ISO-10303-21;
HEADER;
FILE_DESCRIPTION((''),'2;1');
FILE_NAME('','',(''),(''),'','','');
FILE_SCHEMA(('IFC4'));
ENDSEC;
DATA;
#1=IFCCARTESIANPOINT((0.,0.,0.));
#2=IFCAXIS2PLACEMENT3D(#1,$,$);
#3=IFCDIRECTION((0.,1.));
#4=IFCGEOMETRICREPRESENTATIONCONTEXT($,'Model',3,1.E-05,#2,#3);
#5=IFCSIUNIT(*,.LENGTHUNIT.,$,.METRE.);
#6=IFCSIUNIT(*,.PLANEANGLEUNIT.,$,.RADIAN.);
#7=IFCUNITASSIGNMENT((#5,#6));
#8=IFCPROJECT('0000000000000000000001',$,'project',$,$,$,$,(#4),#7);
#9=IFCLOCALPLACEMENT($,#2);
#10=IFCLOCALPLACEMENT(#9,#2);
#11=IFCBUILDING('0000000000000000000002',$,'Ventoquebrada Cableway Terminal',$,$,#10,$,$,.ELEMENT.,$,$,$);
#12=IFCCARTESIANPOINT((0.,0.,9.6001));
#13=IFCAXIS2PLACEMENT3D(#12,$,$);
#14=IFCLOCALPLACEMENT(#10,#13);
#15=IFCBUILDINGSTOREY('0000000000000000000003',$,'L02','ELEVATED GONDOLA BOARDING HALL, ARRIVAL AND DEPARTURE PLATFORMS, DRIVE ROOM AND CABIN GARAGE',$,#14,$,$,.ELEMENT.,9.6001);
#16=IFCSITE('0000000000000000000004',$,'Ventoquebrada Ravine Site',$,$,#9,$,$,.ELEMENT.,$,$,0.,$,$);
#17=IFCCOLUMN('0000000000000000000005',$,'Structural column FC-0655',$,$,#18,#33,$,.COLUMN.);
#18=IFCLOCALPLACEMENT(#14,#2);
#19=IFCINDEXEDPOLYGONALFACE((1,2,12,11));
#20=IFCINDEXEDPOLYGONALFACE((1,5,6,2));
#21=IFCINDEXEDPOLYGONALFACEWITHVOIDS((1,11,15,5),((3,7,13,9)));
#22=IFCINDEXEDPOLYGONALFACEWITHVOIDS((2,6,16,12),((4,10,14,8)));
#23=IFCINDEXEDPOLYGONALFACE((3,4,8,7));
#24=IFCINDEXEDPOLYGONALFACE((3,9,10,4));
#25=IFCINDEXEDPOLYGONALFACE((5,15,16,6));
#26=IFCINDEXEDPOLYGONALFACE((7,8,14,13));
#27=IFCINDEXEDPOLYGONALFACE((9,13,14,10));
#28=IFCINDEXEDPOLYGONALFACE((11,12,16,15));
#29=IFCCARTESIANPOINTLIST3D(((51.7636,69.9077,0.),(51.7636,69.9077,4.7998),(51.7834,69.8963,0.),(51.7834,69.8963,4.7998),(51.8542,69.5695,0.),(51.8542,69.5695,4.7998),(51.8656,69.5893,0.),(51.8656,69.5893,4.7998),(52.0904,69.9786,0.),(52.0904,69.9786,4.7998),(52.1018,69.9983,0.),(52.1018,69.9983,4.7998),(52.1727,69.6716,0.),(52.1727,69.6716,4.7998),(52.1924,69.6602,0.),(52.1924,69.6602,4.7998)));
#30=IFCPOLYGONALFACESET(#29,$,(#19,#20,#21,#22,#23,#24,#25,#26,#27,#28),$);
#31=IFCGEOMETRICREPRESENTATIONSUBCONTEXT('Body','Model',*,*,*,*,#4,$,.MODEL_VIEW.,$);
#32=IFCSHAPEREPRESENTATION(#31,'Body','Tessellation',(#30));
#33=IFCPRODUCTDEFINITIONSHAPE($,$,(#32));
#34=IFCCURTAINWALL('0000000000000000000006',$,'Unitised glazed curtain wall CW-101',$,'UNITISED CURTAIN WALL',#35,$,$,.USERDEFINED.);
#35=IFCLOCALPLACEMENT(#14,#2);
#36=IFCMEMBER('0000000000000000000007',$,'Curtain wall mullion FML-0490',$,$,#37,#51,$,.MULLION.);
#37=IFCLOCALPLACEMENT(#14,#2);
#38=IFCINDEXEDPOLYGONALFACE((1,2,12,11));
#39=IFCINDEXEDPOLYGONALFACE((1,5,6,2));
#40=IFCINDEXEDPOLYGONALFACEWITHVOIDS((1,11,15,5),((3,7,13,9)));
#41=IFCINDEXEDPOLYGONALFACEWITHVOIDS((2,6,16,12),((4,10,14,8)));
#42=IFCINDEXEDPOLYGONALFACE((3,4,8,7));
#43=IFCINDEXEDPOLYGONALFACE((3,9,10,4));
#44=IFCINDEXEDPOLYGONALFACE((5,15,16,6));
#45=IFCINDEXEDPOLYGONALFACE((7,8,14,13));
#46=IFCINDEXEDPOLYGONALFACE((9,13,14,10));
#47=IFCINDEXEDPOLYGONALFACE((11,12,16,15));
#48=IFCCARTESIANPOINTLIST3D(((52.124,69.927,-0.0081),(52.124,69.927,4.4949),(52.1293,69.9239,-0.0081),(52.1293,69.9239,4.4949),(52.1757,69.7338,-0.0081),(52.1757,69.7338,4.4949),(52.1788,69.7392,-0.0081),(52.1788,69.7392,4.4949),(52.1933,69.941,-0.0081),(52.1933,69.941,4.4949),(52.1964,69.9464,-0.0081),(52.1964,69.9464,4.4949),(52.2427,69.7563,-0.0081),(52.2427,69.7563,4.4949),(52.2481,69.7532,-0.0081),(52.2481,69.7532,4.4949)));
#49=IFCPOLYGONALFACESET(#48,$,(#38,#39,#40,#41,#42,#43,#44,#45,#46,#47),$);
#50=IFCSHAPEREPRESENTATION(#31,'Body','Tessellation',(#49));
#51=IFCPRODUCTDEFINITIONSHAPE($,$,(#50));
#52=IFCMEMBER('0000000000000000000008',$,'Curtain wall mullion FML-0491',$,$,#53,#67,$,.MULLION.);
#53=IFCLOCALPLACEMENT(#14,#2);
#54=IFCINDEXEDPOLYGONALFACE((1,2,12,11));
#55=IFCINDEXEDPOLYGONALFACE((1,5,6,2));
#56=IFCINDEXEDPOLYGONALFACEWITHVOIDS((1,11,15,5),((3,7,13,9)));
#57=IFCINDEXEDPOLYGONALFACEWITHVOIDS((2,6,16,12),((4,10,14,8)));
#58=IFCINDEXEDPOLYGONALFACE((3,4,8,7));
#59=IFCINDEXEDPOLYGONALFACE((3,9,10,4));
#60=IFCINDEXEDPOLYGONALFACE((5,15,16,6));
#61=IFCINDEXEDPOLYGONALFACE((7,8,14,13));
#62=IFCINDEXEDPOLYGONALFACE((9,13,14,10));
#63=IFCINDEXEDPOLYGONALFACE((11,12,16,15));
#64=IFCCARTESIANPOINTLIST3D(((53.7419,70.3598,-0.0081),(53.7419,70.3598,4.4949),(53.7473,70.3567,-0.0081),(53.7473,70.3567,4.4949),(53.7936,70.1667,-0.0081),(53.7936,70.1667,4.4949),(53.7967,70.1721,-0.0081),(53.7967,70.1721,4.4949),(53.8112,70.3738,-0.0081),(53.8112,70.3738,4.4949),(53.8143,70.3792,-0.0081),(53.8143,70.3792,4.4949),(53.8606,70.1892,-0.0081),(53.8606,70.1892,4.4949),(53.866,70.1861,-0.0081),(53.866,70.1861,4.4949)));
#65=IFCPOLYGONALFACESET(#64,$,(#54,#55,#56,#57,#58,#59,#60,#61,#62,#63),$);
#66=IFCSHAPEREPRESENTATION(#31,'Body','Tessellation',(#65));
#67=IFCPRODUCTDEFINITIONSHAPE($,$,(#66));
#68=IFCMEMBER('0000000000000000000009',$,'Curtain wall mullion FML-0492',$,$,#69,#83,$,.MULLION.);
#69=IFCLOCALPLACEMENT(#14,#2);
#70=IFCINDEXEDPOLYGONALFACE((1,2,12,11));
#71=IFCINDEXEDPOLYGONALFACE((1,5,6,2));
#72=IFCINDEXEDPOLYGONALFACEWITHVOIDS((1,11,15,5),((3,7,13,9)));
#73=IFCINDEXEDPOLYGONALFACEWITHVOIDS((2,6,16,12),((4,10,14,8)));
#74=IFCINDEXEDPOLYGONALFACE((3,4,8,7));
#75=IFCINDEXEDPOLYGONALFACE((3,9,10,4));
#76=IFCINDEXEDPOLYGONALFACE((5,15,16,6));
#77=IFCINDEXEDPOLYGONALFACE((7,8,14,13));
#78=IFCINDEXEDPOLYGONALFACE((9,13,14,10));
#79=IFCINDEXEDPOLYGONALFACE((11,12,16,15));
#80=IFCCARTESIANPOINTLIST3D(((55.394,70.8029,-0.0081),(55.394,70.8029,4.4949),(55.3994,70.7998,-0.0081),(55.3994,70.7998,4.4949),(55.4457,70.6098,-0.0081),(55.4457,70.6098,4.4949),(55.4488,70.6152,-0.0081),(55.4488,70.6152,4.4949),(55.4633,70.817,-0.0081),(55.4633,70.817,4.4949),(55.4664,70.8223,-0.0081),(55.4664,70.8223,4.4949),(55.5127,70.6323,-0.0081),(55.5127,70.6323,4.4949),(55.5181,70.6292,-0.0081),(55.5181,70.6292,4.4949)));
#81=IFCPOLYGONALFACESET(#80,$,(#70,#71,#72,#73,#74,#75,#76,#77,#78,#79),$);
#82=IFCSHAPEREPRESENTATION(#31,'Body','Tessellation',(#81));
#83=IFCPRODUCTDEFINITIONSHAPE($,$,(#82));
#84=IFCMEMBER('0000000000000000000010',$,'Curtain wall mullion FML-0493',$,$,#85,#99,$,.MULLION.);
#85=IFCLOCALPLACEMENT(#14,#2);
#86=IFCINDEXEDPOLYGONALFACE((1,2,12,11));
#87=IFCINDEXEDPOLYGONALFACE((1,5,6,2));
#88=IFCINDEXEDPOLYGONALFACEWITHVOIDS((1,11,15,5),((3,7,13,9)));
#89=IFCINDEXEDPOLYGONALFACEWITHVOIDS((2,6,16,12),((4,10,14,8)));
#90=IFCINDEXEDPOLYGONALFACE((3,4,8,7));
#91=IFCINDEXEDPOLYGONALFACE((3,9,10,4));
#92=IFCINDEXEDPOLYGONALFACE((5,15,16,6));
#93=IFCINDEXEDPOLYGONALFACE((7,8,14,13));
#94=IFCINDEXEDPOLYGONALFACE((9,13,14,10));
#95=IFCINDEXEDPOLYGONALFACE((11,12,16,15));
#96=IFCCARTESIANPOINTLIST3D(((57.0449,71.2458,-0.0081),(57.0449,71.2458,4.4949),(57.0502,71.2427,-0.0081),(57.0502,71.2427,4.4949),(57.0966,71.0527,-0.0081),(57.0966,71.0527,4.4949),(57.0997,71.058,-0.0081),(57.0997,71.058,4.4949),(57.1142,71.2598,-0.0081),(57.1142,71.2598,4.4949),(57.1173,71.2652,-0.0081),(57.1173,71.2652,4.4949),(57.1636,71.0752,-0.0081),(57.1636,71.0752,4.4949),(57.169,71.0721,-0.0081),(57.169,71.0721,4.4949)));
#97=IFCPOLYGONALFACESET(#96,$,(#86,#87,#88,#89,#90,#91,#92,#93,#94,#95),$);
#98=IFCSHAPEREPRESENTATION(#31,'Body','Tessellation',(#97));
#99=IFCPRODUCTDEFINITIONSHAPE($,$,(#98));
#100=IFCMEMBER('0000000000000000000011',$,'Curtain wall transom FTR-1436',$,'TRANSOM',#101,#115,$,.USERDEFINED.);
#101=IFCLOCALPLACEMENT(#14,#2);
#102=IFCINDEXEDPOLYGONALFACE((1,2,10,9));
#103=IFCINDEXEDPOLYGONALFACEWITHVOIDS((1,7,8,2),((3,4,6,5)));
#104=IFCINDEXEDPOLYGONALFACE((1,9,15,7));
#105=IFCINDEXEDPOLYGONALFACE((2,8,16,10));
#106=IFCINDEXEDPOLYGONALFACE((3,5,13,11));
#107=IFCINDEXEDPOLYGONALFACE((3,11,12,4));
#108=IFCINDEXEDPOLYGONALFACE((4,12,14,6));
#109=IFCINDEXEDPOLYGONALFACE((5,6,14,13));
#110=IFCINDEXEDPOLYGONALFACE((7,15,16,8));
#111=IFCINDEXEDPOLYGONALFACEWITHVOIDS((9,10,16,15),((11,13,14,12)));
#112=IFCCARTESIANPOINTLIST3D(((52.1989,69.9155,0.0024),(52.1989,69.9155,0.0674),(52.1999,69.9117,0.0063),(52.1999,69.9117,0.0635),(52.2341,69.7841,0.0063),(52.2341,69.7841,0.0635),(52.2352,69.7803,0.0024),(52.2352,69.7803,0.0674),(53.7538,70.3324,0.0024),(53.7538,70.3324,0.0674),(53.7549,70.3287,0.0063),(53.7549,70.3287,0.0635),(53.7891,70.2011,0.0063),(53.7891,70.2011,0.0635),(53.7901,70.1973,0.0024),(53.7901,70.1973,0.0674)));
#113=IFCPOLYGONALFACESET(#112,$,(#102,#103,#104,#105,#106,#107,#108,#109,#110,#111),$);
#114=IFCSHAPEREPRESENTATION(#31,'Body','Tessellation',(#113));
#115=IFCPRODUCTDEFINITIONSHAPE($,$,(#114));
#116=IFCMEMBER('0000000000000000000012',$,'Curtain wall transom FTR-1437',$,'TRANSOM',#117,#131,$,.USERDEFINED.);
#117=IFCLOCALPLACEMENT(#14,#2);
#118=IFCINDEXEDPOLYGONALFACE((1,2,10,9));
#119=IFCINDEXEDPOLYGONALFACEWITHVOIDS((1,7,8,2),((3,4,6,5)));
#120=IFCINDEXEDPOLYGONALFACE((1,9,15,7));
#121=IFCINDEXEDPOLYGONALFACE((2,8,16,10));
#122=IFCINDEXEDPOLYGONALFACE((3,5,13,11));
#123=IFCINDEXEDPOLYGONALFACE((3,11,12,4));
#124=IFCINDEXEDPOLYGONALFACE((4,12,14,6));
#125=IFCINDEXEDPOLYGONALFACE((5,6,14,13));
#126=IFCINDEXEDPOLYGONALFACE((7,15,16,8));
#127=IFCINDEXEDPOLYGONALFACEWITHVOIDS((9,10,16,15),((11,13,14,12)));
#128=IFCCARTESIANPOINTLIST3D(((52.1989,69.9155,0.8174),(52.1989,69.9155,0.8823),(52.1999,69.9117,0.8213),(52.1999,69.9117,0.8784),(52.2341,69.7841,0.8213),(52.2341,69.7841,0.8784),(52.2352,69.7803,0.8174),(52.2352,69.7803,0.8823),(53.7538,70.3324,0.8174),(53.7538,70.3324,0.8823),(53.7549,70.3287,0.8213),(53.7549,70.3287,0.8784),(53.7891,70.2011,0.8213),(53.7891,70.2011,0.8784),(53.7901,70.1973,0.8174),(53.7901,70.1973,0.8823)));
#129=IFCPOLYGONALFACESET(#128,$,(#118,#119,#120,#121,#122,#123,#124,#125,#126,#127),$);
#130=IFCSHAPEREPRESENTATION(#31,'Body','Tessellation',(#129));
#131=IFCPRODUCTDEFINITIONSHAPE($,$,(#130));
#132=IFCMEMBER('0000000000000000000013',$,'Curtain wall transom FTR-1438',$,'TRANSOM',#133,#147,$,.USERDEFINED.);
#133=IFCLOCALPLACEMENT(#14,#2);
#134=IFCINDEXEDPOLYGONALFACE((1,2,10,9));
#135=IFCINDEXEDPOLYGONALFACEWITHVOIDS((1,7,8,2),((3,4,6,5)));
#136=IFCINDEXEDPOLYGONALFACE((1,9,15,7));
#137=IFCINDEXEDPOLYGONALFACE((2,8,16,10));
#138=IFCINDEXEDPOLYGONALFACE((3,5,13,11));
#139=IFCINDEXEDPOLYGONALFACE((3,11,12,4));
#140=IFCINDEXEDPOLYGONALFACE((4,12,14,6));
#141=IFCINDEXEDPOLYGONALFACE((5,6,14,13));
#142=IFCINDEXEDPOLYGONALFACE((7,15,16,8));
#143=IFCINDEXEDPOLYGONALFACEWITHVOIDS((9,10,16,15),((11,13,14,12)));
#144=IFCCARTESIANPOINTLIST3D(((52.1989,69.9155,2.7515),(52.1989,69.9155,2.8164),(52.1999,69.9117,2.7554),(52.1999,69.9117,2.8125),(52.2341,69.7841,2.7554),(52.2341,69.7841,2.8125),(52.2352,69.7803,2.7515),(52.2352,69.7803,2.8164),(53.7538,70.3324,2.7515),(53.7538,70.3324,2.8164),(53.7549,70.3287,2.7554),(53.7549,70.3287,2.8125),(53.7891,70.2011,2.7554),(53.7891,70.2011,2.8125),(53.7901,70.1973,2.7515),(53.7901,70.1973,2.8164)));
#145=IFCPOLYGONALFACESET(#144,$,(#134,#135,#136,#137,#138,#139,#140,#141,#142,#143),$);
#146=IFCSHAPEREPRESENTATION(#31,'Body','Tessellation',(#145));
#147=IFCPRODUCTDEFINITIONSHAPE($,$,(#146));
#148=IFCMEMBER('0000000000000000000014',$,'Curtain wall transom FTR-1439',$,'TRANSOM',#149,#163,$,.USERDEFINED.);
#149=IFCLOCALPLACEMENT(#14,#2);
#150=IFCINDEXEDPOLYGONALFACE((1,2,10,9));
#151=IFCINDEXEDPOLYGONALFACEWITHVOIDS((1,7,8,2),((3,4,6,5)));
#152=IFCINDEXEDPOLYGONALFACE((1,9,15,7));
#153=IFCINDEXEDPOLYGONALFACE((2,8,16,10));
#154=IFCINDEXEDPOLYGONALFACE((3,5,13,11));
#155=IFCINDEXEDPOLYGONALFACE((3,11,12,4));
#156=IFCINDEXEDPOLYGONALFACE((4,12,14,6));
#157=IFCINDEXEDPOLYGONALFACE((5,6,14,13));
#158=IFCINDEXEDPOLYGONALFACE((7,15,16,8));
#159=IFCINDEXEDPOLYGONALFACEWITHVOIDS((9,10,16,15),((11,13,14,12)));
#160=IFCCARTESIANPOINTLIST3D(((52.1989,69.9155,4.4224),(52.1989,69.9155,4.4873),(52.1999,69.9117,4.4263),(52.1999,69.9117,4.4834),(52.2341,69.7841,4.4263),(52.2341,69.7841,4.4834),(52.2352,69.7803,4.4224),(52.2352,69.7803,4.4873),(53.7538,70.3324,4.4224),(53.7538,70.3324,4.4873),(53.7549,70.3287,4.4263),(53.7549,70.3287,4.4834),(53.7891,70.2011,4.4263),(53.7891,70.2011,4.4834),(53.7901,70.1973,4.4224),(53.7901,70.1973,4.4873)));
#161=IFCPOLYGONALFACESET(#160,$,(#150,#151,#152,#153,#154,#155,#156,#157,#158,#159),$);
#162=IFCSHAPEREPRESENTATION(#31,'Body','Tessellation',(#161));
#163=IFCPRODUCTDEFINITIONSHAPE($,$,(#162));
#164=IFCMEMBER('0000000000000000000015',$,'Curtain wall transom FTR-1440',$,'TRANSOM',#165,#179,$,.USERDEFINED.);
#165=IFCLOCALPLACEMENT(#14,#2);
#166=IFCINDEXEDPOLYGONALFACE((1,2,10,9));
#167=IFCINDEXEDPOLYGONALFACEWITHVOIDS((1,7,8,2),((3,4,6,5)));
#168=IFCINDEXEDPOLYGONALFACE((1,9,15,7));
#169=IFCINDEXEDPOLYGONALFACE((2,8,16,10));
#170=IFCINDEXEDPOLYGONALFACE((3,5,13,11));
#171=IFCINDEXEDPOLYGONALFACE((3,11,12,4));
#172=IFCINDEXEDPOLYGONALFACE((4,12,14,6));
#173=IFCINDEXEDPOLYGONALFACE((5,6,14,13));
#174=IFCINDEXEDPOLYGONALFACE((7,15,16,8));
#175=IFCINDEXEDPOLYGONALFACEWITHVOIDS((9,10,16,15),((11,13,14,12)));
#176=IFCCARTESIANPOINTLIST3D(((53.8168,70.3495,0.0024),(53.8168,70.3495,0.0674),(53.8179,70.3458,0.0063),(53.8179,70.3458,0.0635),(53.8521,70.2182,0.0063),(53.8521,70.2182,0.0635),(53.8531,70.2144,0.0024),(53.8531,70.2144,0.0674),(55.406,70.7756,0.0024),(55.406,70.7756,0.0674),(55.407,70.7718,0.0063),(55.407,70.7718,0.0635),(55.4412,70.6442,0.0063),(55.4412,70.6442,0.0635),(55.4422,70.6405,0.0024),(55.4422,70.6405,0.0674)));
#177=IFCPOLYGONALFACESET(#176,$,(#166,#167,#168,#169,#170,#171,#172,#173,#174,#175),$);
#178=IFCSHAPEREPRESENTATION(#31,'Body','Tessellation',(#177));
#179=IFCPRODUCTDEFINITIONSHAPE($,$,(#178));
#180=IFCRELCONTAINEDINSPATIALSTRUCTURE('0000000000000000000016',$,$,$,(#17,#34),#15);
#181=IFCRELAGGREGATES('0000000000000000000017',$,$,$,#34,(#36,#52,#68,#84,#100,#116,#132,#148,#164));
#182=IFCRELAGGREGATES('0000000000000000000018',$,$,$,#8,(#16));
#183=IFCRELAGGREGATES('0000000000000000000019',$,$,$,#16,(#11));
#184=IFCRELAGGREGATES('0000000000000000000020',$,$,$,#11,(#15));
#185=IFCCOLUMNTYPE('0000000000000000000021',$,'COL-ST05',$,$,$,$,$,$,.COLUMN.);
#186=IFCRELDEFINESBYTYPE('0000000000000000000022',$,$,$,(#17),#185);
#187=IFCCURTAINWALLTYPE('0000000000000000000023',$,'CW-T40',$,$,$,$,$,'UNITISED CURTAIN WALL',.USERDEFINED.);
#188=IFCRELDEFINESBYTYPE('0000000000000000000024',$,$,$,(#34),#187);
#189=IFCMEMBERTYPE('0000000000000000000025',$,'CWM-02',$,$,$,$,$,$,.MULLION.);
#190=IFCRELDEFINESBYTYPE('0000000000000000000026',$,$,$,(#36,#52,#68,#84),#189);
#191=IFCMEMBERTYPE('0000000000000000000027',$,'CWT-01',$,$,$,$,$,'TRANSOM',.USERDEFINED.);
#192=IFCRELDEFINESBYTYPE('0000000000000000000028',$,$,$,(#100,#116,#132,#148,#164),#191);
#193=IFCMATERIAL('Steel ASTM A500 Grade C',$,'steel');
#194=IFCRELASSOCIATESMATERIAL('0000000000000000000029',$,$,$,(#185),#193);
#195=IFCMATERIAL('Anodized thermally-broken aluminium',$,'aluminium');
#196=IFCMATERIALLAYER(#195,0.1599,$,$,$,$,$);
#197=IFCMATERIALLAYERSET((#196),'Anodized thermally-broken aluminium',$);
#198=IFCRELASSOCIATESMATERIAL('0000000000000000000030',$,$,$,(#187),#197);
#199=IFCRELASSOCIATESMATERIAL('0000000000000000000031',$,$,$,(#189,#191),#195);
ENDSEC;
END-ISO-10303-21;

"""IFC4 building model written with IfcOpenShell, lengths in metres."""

from ifc_helpers import new_model, si_unit, direction, frame, origin, origin_2d, place, context, subcontext, project, spatial, hollow_rectangle, extrude, material, layer, layer_set, material_profile, profile_set, type_object, element, aggregate, save


model = new_model("IFC4")

# Units and contexts
model_context = context("Model", 3, precision=1e-05, world=origin(), true_north=direction((0.0, 1.0)))
body_context = subcontext(model_context, "Body", "Model", "MODEL_VIEW")
ifc_project = project(units=[si_unit("LENGTHUNIT", "METRE"), si_unit("PLANEANGLEUNIT", "RADIAN")], contexts=[model_context])

# Site, building, storey
site_placement = place(None, origin())
site = spatial("IfcSite", under=ifc_project, at=site_placement, Name="Ventoquebrada Ravine Site", CompositionType="ELEMENT", RefElevation=0.0)
building_placement = place(site_placement, origin())
building = spatial("IfcBuilding", under=site, at=building_placement, Name="Ventoquebrada Cableway Terminal", CompositionType="ELEMENT")
storey_placement = place(building_placement, frame((0.0, 0.0, 9.6001)))
storey = spatial("IfcBuildingStorey", under=building, at=storey_placement, Name="L02", Description="ELEVATED GONDOLA BOARDING HALL, ARRIVAL AND DEPARTURE PLATFORMS, DRIVE ROOM AND CABIN GARAGE", CompositionType="ELEMENT", Elevation=9.6001)

# Column
ifc_material_1 = material(Name="Steel ASTM A500 Grade C", Category="steel")
ifc_material_profile_1 = material_profile(ifc_material_1, hollow_rectangle(XDim=0.3501, YDim=0.3501, WallThickness=0.0161, at=origin_2d()), Name="HSS350X350X16")
ifc_profile_set_1 = profile_set([ifc_material_profile_1], Name="Steel ASTM A500 Grade C")
column_type = type_object("IfcColumnType", Name="COL-ST05", PredefinedType="COLUMN", material=ifc_profile_set_1)
column_placement = place(storey_placement, frame((51.978, 69.7839, 0.0), z_axis=(0.0, 0.0, 1.0), x_axis=(0.965926, 0.258819, 0.0)))
element("IfcColumn", 1, at=column_placement, inside=storey, type_object=column_type, Name="Structural column FC-0655", PredefinedType="COLUMN", context=body_context, shape_type="SweptSolid", body=[
    extrude(hollow_rectangle(XDim=0.3501, YDim=0.3501, WallThickness=0.0161, at=origin_2d()), origin(), (0.0, 0.0, 1.0), 4.7998),
])

# Curtain wall, members
ifc_material_2 = material(Name="Anodized thermally-broken aluminium", Category="aluminium")
ifc_layer_1 = layer(ifc_material_2, 0.1599)
ifc_layer_set_1 = layer_set([ifc_layer_1], Name="Anodized thermally-broken aluminium")
curtain_wall_type = type_object("IfcCurtainWallType", Name="CW-T40", ElementType="UNITISED CURTAIN WALL", PredefinedType="USERDEFINED", material=ifc_layer_set_1)
curtain_wall_placement = place(storey_placement, origin())
curtain_wall = element("IfcCurtainWall", 2, at=curtain_wall_placement, inside=storey, type_object=curtain_wall_type, Name="Unitised glazed curtain wall CW-101", ObjectType="UNITISED CURTAIN WALL", PredefinedType="USERDEFINED")
ifc_material_profile_2 = material_profile(ifc_material_2, hollow_rectangle(XDim=0.075, YDim=0.2, WallThickness=0.0044, at=origin_2d()), Name="CW-MUL-75X200")
ifc_profile_set_2 = profile_set([ifc_material_profile_2], Name="Anodized thermally-broken aluminium")
member_type_1 = type_object("IfcMemberType", Name="CWM-02", PredefinedType="MULLION", material=ifc_profile_set_2)
member_1_placement = place(storey_placement, frame((52.186, 69.8401, -0.0081), z_axis=(0.0, 0.0, 1.0), x_axis=(0.965939, 0.258768, 0.0)))
member_1 = element("IfcMember", 3, at=member_1_placement, type_object=member_type_1, Name="Curtain wall mullion FML-0490", PredefinedType="MULLION", context=body_context, shape_type="SweptSolid", body=[
    extrude(hollow_rectangle(XDim=0.075, YDim=0.2, WallThickness=0.0044, at=origin_2d()), origin(), (0.0, 0.0, 1.0), 4.5029),
])
member_2_placement = place(storey_placement, frame((53.804, 70.2729, -0.0081), z_axis=(0.0, 0.0, 1.0), x_axis=(0.965939, 0.258768, 0.0)))
member_2 = element("IfcMember", 4, at=member_2_placement, type_object=member_type_1, Name="Curtain wall mullion FML-0491", PredefinedType="MULLION", context=body_context, shape_type="SweptSolid", body=[
    extrude(hollow_rectangle(XDim=0.075, YDim=0.2, WallThickness=0.0044, at=origin_2d()), origin(), (0.0, 0.0, 1.0), 4.5029),
])
member_3_placement = place(storey_placement, frame((55.4561, 70.7161, -0.0081), z_axis=(0.0, 0.0, 1.0), x_axis=(0.965939, 0.258768, 0.0)))
member_3 = element("IfcMember", 5, at=member_3_placement, type_object=member_type_1, Name="Curtain wall mullion FML-0492", PredefinedType="MULLION", context=body_context, shape_type="SweptSolid", body=[
    extrude(hollow_rectangle(XDim=0.075, YDim=0.2, WallThickness=0.0044, at=origin_2d()), origin(), (0.0, 0.0, 1.0), 4.5029),
])
member_4_placement = place(storey_placement, frame((57.1069, 71.1589, -0.0081), z_axis=(0.0, 0.0, 1.0), x_axis=(0.965939, 0.258768, 0.0)))
member_4 = element("IfcMember", 6, at=member_4_placement, type_object=member_type_1, Name="Curtain wall mullion FML-0493", PredefinedType="MULLION", context=body_context, shape_type="SweptSolid", body=[
    extrude(hollow_rectangle(XDim=0.075, YDim=0.2, WallThickness=0.0044, at=origin_2d()), origin(), (0.0, 0.0, 1.0), 4.5029),
])
ifc_material_profile_3 = material_profile(ifc_material_2, hollow_rectangle(XDim=0.0649, YDim=0.1399, WallThickness=0.0039, at=origin_2d()), Name="CW-TRN-65X140")
ifc_profile_set_3 = profile_set([ifc_material_profile_3], Name="Anodized thermally-broken aluminium")
member_type_2 = type_object("IfcMemberType", Name="CWT-01", ElementType="TRANSOM", PredefinedType="USERDEFINED", material=ifc_profile_set_3)
member_5_placement = place(storey_placement, frame((52.217, 69.8479, 0.0349), z_axis=(0.965872, 0.259022, 0.0), x_axis=(0.0, 0.0, 1.0)))
member_5 = element("IfcMember", 7, at=member_5_placement, type_object=member_type_2, Name="Curtain wall transom FTR-1436", ObjectType="TRANSOM", PredefinedType="USERDEFINED", context=body_context, shape_type="SweptSolid", body=[
    extrude(hollow_rectangle(XDim=0.0649, YDim=0.1399, WallThickness=0.0039, at=origin_2d()), origin(), (0.0, 0.0, 1.0), 1.6099),
])
member_6_placement = place(storey_placement, frame((52.217, 69.8479, 0.8499), z_axis=(0.965872, 0.259022, 0.0), x_axis=(0.0, 0.0, 1.0)))
member_6 = element("IfcMember", 8, at=member_6_placement, type_object=member_type_2, Name="Curtain wall transom FTR-1437", ObjectType="TRANSOM", PredefinedType="USERDEFINED", context=body_context, shape_type="SweptSolid", body=[
    extrude(hollow_rectangle(XDim=0.0649, YDim=0.1399, WallThickness=0.0039, at=origin_2d()), origin(), (0.0, 0.0, 1.0), 1.6099),
])
member_7_placement = place(storey_placement, frame((52.217, 69.8479, 2.7839), z_axis=(0.965872, 0.259022, 0.0), x_axis=(0.0, 0.0, 1.0)))
member_7 = element("IfcMember", 9, at=member_7_placement, type_object=member_type_2, Name="Curtain wall transom FTR-1438", ObjectType="TRANSOM", PredefinedType="USERDEFINED", context=body_context, shape_type="SweptSolid", body=[
    extrude(hollow_rectangle(XDim=0.0649, YDim=0.1399, WallThickness=0.0039, at=origin_2d()), origin(), (0.0, 0.0, 1.0), 1.6099),
])
member_8_placement = place(storey_placement, frame((52.217, 69.8479, 4.4548), z_axis=(0.965872, 0.259022, 0.0), x_axis=(0.0, 0.0, 1.0)))
member_8 = element("IfcMember", 10, at=member_8_placement, type_object=member_type_2, Name="Curtain wall transom FTR-1439", ObjectType="TRANSOM", PredefinedType="USERDEFINED", context=body_context, shape_type="SweptSolid", body=[
    extrude(hollow_rectangle(XDim=0.0649, YDim=0.1399, WallThickness=0.0039, at=origin_2d()), origin(), (0.0, 0.0, 1.0), 1.6099),
])
member_9_placement = place(storey_placement, frame((53.835, 70.282, 0.0349), z_axis=(0.965892, 0.258946, 0.0), x_axis=(0.0, 0.0, 1.0)))
member_9 = element("IfcMember", 11, at=member_9_placement, type_object=member_type_2, Name="Curtain wall transom FTR-1440", ObjectType="TRANSOM", PredefinedType="USERDEFINED", context=body_context, shape_type="SweptSolid", body=[
    extrude(hollow_rectangle(XDim=0.0649, YDim=0.1399, WallThickness=0.0039, at=origin_2d()), origin(), (0.0, 0.0, 1.0), 1.6453),
])

aggregate(curtain_wall, [member_1, member_2, member_3, member_4, member_5, member_6, member_7, member_8, member_9])

save(model, "model.ifc")
